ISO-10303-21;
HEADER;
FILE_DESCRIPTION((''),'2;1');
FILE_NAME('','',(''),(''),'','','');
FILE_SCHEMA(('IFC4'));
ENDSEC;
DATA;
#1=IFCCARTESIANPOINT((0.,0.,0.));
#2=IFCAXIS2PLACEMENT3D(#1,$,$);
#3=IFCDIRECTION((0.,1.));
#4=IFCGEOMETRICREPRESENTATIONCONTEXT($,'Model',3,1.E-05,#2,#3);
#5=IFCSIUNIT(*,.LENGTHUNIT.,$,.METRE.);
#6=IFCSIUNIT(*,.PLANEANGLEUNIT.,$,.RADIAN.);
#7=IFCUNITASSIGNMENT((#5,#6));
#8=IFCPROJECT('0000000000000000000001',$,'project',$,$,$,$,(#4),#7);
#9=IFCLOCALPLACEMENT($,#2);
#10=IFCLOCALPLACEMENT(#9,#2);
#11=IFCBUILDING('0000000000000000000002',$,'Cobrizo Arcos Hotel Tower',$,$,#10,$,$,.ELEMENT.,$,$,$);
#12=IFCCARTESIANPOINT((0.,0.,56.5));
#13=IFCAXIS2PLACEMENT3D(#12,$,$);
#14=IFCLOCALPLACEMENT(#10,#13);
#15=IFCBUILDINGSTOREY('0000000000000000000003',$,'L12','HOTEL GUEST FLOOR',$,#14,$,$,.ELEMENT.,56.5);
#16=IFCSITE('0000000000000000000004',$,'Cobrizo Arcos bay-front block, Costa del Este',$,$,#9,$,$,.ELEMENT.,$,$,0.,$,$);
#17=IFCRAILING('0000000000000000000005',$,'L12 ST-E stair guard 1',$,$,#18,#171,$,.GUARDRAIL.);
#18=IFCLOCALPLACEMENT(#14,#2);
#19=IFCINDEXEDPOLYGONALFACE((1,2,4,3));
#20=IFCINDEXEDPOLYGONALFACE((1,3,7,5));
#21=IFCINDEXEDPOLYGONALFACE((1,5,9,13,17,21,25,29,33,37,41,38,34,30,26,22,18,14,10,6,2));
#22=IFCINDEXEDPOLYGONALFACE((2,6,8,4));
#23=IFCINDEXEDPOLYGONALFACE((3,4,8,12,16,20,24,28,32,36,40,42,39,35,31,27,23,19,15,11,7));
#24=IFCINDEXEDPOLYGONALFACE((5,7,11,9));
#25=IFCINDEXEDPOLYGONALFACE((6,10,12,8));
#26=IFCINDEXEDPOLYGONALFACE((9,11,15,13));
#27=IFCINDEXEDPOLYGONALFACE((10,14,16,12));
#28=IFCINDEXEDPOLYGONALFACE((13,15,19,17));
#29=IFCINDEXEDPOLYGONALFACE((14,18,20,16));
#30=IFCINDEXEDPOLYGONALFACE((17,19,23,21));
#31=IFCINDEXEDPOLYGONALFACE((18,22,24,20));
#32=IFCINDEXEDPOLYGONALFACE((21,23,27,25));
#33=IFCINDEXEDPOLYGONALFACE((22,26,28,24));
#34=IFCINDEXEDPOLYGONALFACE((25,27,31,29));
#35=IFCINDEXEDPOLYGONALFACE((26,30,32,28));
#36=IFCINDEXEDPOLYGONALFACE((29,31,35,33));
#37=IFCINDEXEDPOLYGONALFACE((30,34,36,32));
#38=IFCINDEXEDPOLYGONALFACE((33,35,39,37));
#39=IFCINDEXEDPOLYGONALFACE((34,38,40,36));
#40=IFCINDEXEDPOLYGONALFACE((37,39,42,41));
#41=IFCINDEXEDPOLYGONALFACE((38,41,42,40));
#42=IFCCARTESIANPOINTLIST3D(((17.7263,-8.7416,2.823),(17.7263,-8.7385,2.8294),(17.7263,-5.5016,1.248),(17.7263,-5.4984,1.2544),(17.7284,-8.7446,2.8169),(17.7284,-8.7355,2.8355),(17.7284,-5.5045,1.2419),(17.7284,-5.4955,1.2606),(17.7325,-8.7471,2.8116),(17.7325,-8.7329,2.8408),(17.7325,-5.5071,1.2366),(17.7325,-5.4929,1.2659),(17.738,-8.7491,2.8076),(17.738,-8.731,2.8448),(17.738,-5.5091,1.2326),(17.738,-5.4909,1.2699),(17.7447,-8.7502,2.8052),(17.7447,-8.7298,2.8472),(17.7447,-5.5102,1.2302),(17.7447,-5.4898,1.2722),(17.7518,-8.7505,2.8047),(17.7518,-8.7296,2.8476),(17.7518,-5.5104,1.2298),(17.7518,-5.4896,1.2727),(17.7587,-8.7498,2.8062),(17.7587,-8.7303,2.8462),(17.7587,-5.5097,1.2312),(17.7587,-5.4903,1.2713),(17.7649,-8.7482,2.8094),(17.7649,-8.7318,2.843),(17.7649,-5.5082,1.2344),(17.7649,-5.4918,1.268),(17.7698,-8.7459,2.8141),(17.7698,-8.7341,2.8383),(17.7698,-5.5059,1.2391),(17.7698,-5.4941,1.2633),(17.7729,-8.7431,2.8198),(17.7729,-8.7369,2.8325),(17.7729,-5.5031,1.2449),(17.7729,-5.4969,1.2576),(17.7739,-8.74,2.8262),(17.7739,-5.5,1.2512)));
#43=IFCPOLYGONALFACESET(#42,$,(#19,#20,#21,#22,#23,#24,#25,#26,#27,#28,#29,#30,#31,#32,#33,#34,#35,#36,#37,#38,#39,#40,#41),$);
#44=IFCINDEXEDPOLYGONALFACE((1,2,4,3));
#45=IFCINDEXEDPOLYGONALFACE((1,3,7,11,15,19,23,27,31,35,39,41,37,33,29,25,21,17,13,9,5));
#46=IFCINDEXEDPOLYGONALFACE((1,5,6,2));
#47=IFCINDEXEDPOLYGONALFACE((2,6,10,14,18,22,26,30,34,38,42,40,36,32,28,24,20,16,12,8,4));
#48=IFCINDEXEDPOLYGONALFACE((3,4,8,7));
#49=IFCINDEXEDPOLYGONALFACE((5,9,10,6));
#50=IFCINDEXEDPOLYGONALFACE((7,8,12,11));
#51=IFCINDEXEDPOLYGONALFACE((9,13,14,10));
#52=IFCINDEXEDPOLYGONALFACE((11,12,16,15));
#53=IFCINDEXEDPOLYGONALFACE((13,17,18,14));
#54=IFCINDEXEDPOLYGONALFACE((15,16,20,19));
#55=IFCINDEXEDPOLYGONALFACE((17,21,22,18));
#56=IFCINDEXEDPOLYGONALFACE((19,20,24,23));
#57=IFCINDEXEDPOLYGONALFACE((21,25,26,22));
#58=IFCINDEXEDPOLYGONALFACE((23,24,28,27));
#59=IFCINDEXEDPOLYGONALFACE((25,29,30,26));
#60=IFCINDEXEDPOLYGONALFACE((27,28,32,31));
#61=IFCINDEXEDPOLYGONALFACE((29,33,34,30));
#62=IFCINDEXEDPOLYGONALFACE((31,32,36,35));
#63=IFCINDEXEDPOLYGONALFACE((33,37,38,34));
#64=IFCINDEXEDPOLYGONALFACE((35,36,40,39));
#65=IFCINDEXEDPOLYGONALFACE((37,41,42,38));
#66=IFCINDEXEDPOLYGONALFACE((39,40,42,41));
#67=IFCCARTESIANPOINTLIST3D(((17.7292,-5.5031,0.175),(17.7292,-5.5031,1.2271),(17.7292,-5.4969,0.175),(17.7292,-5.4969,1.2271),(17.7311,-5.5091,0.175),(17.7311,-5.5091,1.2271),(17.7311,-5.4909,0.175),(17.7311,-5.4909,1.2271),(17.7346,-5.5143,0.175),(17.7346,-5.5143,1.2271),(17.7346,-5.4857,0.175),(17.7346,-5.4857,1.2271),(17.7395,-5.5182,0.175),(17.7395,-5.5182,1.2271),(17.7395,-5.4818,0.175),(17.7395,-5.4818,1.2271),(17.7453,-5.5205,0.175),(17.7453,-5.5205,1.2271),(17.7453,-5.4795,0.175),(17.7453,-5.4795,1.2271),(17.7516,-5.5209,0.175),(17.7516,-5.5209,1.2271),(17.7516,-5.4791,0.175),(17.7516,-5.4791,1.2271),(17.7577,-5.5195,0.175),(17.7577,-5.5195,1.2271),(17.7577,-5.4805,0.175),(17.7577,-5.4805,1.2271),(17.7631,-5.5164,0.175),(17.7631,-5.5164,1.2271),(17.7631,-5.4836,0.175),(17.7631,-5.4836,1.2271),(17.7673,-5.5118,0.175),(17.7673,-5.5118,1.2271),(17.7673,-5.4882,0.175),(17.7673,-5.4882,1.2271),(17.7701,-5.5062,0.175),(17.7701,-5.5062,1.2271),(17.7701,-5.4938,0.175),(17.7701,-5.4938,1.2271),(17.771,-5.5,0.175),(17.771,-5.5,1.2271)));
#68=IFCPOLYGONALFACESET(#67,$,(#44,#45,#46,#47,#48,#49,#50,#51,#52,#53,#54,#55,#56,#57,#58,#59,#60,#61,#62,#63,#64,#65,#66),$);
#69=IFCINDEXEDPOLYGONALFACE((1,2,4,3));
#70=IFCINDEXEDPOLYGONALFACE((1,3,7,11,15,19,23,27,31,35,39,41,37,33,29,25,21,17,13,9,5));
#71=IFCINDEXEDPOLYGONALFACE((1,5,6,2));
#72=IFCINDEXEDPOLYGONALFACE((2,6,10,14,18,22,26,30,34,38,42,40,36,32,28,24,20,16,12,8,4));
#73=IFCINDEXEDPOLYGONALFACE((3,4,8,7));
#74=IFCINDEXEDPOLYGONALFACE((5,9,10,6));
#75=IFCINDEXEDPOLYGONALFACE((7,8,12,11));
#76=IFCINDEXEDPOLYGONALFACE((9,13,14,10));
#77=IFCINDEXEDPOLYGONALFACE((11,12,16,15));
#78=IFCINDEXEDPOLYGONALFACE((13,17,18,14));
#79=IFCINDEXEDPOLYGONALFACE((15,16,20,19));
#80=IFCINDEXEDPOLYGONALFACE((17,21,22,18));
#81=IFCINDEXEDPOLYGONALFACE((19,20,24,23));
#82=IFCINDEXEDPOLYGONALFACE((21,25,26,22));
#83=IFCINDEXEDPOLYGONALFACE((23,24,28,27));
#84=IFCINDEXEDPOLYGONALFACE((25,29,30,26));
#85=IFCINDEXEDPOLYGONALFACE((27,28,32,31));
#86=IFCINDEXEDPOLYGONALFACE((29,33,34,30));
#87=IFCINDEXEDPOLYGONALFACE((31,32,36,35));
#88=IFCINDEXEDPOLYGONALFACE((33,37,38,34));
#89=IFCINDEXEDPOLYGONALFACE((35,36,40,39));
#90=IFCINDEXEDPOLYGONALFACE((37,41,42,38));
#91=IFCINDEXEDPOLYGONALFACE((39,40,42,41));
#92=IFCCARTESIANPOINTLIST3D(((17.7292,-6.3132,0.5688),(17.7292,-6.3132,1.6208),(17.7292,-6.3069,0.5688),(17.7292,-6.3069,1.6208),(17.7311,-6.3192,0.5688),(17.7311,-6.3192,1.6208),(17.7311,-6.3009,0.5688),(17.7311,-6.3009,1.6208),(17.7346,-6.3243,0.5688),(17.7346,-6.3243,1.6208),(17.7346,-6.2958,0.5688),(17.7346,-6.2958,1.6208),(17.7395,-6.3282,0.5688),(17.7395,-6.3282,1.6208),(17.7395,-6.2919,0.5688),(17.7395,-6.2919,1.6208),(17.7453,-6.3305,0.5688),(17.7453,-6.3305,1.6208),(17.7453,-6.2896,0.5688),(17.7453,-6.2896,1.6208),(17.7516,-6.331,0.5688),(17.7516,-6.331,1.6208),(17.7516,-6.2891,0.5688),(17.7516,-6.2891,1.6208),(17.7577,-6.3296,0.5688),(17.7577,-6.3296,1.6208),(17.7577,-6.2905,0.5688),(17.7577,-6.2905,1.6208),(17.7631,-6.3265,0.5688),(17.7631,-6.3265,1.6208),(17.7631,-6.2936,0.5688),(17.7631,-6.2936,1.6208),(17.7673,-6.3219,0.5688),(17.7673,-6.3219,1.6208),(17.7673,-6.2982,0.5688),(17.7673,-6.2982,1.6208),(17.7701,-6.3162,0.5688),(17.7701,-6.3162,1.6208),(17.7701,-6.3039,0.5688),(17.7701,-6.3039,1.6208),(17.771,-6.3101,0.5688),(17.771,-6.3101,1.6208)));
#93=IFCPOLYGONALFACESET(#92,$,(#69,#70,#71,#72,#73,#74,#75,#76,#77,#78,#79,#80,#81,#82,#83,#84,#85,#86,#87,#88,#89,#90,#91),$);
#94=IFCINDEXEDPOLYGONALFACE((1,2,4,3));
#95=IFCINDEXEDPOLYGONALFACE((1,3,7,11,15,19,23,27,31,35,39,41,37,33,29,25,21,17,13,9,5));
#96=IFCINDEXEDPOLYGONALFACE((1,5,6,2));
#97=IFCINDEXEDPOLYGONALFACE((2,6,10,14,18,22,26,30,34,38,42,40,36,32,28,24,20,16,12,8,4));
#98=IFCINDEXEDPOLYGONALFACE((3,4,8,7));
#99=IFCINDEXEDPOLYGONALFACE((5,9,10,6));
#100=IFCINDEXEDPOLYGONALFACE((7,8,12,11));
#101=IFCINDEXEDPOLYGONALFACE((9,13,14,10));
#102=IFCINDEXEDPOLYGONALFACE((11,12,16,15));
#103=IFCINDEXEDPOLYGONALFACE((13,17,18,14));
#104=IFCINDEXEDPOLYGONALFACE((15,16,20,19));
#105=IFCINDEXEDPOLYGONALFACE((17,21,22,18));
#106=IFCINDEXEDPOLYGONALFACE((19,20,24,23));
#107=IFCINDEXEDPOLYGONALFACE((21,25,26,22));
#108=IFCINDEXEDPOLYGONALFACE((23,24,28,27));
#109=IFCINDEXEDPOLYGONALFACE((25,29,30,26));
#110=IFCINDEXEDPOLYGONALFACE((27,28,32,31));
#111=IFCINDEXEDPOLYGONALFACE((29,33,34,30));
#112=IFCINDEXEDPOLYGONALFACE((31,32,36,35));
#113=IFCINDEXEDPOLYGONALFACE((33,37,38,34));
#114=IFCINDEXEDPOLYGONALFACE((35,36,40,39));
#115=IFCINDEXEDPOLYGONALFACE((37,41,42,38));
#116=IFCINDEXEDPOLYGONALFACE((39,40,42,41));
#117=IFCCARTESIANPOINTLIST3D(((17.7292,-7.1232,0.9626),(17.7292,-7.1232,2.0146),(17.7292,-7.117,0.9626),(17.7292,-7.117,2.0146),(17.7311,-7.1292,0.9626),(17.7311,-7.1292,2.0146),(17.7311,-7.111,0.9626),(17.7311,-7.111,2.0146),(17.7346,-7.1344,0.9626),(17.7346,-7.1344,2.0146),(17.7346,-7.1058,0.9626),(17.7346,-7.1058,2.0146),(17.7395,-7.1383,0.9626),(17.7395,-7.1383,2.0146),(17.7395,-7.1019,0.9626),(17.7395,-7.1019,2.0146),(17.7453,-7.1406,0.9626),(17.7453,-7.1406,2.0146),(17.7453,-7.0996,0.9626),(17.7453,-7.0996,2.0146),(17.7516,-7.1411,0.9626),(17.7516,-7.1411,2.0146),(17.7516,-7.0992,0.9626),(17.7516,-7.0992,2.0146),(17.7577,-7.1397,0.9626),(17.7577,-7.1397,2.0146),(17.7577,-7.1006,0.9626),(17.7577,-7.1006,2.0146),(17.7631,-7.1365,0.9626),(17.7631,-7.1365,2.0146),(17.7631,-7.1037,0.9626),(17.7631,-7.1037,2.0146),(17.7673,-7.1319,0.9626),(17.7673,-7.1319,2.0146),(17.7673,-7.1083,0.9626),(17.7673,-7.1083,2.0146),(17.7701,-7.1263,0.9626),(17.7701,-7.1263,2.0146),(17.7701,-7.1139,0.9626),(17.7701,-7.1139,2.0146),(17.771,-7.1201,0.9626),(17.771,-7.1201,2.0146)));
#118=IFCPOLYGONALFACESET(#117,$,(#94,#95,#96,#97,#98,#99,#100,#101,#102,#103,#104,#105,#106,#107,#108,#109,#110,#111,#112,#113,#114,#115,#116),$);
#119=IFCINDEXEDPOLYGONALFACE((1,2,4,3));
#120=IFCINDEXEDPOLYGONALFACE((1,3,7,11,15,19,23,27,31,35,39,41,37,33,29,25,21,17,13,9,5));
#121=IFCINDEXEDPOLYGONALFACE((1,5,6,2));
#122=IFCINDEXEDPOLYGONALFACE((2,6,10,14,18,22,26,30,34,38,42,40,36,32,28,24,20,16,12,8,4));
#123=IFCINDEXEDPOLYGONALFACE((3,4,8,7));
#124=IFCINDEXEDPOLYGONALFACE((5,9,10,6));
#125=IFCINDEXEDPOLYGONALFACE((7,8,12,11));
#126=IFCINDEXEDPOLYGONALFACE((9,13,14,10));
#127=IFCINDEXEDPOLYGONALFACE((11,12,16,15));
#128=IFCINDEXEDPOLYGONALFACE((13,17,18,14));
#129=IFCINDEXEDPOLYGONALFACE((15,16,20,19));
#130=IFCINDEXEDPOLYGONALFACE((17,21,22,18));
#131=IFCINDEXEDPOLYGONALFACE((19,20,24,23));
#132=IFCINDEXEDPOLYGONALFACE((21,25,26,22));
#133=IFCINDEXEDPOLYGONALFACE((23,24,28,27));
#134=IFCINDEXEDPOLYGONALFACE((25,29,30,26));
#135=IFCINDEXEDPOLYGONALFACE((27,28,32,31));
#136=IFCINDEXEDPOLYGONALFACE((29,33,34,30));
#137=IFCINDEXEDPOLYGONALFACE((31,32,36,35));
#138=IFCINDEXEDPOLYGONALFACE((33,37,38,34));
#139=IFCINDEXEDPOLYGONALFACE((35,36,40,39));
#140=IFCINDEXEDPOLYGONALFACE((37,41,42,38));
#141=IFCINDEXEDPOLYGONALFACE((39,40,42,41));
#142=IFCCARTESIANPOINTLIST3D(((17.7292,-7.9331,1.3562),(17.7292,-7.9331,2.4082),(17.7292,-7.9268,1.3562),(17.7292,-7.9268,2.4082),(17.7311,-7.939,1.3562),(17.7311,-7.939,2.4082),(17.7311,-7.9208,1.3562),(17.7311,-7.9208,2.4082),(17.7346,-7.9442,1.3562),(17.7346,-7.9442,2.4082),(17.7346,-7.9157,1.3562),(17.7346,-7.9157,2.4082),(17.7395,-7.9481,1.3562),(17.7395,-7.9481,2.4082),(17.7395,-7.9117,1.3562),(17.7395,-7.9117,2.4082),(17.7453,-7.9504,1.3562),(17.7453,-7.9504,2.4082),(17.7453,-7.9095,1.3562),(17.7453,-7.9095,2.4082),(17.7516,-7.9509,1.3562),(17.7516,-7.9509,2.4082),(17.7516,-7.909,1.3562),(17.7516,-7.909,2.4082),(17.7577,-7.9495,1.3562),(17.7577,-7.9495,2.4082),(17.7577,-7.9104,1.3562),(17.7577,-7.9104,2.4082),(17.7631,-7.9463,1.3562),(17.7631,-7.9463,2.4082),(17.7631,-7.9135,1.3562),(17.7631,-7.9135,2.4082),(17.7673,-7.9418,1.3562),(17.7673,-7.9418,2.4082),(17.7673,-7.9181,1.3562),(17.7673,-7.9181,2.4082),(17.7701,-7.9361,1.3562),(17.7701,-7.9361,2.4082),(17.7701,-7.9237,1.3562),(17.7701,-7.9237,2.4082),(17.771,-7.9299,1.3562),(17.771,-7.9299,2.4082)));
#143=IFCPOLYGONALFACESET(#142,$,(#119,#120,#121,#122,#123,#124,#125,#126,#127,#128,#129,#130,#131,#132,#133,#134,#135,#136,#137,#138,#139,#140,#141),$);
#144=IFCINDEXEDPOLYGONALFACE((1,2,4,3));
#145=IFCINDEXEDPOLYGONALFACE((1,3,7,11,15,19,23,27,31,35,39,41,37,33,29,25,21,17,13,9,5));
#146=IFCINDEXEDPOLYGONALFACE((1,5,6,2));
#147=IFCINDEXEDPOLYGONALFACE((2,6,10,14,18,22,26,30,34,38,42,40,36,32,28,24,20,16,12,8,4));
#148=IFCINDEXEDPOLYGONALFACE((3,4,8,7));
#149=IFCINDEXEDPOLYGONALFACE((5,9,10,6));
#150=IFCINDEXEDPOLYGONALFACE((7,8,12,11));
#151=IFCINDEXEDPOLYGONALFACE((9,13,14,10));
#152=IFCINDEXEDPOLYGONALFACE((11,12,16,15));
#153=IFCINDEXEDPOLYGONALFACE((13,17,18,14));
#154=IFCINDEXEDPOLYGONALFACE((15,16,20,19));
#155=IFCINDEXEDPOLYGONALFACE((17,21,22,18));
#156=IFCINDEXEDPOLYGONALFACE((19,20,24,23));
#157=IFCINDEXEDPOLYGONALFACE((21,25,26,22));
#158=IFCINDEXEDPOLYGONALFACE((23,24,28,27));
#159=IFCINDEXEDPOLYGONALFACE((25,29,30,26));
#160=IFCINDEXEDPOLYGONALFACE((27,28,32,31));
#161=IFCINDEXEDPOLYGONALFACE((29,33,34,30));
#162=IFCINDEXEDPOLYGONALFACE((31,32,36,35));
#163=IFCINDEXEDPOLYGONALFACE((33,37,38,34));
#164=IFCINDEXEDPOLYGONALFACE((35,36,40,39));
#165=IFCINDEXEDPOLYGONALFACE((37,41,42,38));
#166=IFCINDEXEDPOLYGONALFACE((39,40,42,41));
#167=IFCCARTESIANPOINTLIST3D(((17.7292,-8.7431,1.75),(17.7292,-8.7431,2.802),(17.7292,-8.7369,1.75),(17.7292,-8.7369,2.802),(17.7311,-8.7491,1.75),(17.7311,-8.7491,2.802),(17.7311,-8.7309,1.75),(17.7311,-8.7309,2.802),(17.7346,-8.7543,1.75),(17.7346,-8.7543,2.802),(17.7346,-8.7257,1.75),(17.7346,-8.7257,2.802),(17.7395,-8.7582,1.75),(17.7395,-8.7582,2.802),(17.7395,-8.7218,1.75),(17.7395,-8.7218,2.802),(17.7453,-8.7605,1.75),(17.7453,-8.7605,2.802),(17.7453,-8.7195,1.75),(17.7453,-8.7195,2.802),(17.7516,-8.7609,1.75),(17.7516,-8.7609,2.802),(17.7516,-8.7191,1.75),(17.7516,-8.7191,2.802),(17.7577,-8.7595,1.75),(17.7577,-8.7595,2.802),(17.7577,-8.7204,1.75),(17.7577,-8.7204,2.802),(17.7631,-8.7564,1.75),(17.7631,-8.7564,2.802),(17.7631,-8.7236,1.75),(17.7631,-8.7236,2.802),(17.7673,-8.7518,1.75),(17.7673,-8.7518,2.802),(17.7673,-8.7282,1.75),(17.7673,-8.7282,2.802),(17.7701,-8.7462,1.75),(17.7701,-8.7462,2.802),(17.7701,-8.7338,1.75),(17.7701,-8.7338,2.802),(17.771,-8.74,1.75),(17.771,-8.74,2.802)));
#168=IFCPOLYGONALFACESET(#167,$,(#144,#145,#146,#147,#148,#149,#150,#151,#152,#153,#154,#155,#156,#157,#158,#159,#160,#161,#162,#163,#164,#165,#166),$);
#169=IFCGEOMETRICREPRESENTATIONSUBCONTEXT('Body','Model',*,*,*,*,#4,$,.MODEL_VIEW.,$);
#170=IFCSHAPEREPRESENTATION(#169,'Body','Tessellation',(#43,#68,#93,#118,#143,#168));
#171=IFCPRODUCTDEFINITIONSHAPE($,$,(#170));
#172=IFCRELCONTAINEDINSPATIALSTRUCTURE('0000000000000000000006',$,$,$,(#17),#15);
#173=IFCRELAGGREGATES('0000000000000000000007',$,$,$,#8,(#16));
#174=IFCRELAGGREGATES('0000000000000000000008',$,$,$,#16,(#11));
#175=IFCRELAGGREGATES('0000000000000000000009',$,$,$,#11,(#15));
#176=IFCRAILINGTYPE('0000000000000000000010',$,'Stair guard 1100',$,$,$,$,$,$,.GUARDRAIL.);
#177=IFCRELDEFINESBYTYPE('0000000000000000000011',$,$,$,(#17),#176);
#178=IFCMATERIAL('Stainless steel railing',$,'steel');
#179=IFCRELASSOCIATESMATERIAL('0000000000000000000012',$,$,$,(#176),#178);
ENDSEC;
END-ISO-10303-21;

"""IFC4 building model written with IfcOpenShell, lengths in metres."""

from ifc_helpers import new_model, si_unit, direction, frame, origin, origin_2d, place, context, subcontext, project, spatial, circle, extrude, material, type_object, element, save


model = new_model("IFC4")

# Units and contexts
model_context = context("Model", 3, precision=1e-05, world=origin(), true_north=direction((0.0, 1.0)))
body_context = subcontext(model_context, "Body", "Model", "MODEL_VIEW")
ifc_project = project(units=[si_unit("LENGTHUNIT", "METRE"), si_unit("PLANEANGLEUNIT", "RADIAN")], contexts=[model_context])

# Site, building, storey
site_placement = place(None, origin())
site = spatial("IfcSite", under=ifc_project, at=site_placement, Name="Cobrizo Arcos bay-front block, Costa del Este", CompositionType="ELEMENT", RefElevation=0.0)
building_placement = place(site_placement, origin())
building = spatial("IfcBuilding", under=site, at=building_placement, Name="Cobrizo Arcos Hotel Tower", CompositionType="ELEMENT")
storey_placement = place(building_placement, frame((0.0, 0.0, 56.5)))
storey = spatial("IfcBuildingStorey", under=building, at=storey_placement, Name="L12", Description="HOTEL GUEST FLOOR", CompositionType="ELEMENT", Elevation=56.5)

# Railing
ifc_material_1 = material(Name="Stainless steel railing", Category="steel")
railing_type_1 = type_object("IfcRailingType", Name="Stair guard 1100", PredefinedType="GUARDRAIL", material=ifc_material_1)
railing_1_placement = place(storey_placement, frame((17.75, -5.5, 0.175)))
element("IfcRailing", 1, at=railing_1_placement, inside=storey, type_object=railing_type_1, Name="L12 ST-E stair guard 1", PredefinedType="GUARDRAIL", context=body_context, shape_type="SweptSolid", body=[
    extrude(circle(Radius=0.0239, at=origin_2d()), frame((0.0, 0.0, 1.0762), z_axis=(0.0, -0.899373, 0.437183), x_axis=(1.0, 0.0, 0.0)), (0.0, 0.0, 1.0), 3.6025),
    extrude(circle(Radius=0.021, at=origin_2d()), origin(), (0.0, 0.0, 1.0), 1.052),
    extrude(circle(Radius=0.021, at=origin_2d()), frame((0.0, -0.8101, 0.3938)), (0.0, 0.0, 1.0), 1.052),
    extrude(circle(Radius=0.021, at=origin_2d()), frame((0.0, -1.6201, 0.7876)), (0.0, 0.0, 1.0), 1.052),
    extrude(circle(Radius=0.021, at=origin_2d()), frame((0.0, -2.4299, 1.1812)), (0.0, 0.0, 1.0), 1.052),
    extrude(circle(Radius=0.021, at=origin_2d()), frame((0.0, -3.24, 1.575)), (0.0, 0.0, 1.0), 1.052),
])

save(model, "model.ifc")
